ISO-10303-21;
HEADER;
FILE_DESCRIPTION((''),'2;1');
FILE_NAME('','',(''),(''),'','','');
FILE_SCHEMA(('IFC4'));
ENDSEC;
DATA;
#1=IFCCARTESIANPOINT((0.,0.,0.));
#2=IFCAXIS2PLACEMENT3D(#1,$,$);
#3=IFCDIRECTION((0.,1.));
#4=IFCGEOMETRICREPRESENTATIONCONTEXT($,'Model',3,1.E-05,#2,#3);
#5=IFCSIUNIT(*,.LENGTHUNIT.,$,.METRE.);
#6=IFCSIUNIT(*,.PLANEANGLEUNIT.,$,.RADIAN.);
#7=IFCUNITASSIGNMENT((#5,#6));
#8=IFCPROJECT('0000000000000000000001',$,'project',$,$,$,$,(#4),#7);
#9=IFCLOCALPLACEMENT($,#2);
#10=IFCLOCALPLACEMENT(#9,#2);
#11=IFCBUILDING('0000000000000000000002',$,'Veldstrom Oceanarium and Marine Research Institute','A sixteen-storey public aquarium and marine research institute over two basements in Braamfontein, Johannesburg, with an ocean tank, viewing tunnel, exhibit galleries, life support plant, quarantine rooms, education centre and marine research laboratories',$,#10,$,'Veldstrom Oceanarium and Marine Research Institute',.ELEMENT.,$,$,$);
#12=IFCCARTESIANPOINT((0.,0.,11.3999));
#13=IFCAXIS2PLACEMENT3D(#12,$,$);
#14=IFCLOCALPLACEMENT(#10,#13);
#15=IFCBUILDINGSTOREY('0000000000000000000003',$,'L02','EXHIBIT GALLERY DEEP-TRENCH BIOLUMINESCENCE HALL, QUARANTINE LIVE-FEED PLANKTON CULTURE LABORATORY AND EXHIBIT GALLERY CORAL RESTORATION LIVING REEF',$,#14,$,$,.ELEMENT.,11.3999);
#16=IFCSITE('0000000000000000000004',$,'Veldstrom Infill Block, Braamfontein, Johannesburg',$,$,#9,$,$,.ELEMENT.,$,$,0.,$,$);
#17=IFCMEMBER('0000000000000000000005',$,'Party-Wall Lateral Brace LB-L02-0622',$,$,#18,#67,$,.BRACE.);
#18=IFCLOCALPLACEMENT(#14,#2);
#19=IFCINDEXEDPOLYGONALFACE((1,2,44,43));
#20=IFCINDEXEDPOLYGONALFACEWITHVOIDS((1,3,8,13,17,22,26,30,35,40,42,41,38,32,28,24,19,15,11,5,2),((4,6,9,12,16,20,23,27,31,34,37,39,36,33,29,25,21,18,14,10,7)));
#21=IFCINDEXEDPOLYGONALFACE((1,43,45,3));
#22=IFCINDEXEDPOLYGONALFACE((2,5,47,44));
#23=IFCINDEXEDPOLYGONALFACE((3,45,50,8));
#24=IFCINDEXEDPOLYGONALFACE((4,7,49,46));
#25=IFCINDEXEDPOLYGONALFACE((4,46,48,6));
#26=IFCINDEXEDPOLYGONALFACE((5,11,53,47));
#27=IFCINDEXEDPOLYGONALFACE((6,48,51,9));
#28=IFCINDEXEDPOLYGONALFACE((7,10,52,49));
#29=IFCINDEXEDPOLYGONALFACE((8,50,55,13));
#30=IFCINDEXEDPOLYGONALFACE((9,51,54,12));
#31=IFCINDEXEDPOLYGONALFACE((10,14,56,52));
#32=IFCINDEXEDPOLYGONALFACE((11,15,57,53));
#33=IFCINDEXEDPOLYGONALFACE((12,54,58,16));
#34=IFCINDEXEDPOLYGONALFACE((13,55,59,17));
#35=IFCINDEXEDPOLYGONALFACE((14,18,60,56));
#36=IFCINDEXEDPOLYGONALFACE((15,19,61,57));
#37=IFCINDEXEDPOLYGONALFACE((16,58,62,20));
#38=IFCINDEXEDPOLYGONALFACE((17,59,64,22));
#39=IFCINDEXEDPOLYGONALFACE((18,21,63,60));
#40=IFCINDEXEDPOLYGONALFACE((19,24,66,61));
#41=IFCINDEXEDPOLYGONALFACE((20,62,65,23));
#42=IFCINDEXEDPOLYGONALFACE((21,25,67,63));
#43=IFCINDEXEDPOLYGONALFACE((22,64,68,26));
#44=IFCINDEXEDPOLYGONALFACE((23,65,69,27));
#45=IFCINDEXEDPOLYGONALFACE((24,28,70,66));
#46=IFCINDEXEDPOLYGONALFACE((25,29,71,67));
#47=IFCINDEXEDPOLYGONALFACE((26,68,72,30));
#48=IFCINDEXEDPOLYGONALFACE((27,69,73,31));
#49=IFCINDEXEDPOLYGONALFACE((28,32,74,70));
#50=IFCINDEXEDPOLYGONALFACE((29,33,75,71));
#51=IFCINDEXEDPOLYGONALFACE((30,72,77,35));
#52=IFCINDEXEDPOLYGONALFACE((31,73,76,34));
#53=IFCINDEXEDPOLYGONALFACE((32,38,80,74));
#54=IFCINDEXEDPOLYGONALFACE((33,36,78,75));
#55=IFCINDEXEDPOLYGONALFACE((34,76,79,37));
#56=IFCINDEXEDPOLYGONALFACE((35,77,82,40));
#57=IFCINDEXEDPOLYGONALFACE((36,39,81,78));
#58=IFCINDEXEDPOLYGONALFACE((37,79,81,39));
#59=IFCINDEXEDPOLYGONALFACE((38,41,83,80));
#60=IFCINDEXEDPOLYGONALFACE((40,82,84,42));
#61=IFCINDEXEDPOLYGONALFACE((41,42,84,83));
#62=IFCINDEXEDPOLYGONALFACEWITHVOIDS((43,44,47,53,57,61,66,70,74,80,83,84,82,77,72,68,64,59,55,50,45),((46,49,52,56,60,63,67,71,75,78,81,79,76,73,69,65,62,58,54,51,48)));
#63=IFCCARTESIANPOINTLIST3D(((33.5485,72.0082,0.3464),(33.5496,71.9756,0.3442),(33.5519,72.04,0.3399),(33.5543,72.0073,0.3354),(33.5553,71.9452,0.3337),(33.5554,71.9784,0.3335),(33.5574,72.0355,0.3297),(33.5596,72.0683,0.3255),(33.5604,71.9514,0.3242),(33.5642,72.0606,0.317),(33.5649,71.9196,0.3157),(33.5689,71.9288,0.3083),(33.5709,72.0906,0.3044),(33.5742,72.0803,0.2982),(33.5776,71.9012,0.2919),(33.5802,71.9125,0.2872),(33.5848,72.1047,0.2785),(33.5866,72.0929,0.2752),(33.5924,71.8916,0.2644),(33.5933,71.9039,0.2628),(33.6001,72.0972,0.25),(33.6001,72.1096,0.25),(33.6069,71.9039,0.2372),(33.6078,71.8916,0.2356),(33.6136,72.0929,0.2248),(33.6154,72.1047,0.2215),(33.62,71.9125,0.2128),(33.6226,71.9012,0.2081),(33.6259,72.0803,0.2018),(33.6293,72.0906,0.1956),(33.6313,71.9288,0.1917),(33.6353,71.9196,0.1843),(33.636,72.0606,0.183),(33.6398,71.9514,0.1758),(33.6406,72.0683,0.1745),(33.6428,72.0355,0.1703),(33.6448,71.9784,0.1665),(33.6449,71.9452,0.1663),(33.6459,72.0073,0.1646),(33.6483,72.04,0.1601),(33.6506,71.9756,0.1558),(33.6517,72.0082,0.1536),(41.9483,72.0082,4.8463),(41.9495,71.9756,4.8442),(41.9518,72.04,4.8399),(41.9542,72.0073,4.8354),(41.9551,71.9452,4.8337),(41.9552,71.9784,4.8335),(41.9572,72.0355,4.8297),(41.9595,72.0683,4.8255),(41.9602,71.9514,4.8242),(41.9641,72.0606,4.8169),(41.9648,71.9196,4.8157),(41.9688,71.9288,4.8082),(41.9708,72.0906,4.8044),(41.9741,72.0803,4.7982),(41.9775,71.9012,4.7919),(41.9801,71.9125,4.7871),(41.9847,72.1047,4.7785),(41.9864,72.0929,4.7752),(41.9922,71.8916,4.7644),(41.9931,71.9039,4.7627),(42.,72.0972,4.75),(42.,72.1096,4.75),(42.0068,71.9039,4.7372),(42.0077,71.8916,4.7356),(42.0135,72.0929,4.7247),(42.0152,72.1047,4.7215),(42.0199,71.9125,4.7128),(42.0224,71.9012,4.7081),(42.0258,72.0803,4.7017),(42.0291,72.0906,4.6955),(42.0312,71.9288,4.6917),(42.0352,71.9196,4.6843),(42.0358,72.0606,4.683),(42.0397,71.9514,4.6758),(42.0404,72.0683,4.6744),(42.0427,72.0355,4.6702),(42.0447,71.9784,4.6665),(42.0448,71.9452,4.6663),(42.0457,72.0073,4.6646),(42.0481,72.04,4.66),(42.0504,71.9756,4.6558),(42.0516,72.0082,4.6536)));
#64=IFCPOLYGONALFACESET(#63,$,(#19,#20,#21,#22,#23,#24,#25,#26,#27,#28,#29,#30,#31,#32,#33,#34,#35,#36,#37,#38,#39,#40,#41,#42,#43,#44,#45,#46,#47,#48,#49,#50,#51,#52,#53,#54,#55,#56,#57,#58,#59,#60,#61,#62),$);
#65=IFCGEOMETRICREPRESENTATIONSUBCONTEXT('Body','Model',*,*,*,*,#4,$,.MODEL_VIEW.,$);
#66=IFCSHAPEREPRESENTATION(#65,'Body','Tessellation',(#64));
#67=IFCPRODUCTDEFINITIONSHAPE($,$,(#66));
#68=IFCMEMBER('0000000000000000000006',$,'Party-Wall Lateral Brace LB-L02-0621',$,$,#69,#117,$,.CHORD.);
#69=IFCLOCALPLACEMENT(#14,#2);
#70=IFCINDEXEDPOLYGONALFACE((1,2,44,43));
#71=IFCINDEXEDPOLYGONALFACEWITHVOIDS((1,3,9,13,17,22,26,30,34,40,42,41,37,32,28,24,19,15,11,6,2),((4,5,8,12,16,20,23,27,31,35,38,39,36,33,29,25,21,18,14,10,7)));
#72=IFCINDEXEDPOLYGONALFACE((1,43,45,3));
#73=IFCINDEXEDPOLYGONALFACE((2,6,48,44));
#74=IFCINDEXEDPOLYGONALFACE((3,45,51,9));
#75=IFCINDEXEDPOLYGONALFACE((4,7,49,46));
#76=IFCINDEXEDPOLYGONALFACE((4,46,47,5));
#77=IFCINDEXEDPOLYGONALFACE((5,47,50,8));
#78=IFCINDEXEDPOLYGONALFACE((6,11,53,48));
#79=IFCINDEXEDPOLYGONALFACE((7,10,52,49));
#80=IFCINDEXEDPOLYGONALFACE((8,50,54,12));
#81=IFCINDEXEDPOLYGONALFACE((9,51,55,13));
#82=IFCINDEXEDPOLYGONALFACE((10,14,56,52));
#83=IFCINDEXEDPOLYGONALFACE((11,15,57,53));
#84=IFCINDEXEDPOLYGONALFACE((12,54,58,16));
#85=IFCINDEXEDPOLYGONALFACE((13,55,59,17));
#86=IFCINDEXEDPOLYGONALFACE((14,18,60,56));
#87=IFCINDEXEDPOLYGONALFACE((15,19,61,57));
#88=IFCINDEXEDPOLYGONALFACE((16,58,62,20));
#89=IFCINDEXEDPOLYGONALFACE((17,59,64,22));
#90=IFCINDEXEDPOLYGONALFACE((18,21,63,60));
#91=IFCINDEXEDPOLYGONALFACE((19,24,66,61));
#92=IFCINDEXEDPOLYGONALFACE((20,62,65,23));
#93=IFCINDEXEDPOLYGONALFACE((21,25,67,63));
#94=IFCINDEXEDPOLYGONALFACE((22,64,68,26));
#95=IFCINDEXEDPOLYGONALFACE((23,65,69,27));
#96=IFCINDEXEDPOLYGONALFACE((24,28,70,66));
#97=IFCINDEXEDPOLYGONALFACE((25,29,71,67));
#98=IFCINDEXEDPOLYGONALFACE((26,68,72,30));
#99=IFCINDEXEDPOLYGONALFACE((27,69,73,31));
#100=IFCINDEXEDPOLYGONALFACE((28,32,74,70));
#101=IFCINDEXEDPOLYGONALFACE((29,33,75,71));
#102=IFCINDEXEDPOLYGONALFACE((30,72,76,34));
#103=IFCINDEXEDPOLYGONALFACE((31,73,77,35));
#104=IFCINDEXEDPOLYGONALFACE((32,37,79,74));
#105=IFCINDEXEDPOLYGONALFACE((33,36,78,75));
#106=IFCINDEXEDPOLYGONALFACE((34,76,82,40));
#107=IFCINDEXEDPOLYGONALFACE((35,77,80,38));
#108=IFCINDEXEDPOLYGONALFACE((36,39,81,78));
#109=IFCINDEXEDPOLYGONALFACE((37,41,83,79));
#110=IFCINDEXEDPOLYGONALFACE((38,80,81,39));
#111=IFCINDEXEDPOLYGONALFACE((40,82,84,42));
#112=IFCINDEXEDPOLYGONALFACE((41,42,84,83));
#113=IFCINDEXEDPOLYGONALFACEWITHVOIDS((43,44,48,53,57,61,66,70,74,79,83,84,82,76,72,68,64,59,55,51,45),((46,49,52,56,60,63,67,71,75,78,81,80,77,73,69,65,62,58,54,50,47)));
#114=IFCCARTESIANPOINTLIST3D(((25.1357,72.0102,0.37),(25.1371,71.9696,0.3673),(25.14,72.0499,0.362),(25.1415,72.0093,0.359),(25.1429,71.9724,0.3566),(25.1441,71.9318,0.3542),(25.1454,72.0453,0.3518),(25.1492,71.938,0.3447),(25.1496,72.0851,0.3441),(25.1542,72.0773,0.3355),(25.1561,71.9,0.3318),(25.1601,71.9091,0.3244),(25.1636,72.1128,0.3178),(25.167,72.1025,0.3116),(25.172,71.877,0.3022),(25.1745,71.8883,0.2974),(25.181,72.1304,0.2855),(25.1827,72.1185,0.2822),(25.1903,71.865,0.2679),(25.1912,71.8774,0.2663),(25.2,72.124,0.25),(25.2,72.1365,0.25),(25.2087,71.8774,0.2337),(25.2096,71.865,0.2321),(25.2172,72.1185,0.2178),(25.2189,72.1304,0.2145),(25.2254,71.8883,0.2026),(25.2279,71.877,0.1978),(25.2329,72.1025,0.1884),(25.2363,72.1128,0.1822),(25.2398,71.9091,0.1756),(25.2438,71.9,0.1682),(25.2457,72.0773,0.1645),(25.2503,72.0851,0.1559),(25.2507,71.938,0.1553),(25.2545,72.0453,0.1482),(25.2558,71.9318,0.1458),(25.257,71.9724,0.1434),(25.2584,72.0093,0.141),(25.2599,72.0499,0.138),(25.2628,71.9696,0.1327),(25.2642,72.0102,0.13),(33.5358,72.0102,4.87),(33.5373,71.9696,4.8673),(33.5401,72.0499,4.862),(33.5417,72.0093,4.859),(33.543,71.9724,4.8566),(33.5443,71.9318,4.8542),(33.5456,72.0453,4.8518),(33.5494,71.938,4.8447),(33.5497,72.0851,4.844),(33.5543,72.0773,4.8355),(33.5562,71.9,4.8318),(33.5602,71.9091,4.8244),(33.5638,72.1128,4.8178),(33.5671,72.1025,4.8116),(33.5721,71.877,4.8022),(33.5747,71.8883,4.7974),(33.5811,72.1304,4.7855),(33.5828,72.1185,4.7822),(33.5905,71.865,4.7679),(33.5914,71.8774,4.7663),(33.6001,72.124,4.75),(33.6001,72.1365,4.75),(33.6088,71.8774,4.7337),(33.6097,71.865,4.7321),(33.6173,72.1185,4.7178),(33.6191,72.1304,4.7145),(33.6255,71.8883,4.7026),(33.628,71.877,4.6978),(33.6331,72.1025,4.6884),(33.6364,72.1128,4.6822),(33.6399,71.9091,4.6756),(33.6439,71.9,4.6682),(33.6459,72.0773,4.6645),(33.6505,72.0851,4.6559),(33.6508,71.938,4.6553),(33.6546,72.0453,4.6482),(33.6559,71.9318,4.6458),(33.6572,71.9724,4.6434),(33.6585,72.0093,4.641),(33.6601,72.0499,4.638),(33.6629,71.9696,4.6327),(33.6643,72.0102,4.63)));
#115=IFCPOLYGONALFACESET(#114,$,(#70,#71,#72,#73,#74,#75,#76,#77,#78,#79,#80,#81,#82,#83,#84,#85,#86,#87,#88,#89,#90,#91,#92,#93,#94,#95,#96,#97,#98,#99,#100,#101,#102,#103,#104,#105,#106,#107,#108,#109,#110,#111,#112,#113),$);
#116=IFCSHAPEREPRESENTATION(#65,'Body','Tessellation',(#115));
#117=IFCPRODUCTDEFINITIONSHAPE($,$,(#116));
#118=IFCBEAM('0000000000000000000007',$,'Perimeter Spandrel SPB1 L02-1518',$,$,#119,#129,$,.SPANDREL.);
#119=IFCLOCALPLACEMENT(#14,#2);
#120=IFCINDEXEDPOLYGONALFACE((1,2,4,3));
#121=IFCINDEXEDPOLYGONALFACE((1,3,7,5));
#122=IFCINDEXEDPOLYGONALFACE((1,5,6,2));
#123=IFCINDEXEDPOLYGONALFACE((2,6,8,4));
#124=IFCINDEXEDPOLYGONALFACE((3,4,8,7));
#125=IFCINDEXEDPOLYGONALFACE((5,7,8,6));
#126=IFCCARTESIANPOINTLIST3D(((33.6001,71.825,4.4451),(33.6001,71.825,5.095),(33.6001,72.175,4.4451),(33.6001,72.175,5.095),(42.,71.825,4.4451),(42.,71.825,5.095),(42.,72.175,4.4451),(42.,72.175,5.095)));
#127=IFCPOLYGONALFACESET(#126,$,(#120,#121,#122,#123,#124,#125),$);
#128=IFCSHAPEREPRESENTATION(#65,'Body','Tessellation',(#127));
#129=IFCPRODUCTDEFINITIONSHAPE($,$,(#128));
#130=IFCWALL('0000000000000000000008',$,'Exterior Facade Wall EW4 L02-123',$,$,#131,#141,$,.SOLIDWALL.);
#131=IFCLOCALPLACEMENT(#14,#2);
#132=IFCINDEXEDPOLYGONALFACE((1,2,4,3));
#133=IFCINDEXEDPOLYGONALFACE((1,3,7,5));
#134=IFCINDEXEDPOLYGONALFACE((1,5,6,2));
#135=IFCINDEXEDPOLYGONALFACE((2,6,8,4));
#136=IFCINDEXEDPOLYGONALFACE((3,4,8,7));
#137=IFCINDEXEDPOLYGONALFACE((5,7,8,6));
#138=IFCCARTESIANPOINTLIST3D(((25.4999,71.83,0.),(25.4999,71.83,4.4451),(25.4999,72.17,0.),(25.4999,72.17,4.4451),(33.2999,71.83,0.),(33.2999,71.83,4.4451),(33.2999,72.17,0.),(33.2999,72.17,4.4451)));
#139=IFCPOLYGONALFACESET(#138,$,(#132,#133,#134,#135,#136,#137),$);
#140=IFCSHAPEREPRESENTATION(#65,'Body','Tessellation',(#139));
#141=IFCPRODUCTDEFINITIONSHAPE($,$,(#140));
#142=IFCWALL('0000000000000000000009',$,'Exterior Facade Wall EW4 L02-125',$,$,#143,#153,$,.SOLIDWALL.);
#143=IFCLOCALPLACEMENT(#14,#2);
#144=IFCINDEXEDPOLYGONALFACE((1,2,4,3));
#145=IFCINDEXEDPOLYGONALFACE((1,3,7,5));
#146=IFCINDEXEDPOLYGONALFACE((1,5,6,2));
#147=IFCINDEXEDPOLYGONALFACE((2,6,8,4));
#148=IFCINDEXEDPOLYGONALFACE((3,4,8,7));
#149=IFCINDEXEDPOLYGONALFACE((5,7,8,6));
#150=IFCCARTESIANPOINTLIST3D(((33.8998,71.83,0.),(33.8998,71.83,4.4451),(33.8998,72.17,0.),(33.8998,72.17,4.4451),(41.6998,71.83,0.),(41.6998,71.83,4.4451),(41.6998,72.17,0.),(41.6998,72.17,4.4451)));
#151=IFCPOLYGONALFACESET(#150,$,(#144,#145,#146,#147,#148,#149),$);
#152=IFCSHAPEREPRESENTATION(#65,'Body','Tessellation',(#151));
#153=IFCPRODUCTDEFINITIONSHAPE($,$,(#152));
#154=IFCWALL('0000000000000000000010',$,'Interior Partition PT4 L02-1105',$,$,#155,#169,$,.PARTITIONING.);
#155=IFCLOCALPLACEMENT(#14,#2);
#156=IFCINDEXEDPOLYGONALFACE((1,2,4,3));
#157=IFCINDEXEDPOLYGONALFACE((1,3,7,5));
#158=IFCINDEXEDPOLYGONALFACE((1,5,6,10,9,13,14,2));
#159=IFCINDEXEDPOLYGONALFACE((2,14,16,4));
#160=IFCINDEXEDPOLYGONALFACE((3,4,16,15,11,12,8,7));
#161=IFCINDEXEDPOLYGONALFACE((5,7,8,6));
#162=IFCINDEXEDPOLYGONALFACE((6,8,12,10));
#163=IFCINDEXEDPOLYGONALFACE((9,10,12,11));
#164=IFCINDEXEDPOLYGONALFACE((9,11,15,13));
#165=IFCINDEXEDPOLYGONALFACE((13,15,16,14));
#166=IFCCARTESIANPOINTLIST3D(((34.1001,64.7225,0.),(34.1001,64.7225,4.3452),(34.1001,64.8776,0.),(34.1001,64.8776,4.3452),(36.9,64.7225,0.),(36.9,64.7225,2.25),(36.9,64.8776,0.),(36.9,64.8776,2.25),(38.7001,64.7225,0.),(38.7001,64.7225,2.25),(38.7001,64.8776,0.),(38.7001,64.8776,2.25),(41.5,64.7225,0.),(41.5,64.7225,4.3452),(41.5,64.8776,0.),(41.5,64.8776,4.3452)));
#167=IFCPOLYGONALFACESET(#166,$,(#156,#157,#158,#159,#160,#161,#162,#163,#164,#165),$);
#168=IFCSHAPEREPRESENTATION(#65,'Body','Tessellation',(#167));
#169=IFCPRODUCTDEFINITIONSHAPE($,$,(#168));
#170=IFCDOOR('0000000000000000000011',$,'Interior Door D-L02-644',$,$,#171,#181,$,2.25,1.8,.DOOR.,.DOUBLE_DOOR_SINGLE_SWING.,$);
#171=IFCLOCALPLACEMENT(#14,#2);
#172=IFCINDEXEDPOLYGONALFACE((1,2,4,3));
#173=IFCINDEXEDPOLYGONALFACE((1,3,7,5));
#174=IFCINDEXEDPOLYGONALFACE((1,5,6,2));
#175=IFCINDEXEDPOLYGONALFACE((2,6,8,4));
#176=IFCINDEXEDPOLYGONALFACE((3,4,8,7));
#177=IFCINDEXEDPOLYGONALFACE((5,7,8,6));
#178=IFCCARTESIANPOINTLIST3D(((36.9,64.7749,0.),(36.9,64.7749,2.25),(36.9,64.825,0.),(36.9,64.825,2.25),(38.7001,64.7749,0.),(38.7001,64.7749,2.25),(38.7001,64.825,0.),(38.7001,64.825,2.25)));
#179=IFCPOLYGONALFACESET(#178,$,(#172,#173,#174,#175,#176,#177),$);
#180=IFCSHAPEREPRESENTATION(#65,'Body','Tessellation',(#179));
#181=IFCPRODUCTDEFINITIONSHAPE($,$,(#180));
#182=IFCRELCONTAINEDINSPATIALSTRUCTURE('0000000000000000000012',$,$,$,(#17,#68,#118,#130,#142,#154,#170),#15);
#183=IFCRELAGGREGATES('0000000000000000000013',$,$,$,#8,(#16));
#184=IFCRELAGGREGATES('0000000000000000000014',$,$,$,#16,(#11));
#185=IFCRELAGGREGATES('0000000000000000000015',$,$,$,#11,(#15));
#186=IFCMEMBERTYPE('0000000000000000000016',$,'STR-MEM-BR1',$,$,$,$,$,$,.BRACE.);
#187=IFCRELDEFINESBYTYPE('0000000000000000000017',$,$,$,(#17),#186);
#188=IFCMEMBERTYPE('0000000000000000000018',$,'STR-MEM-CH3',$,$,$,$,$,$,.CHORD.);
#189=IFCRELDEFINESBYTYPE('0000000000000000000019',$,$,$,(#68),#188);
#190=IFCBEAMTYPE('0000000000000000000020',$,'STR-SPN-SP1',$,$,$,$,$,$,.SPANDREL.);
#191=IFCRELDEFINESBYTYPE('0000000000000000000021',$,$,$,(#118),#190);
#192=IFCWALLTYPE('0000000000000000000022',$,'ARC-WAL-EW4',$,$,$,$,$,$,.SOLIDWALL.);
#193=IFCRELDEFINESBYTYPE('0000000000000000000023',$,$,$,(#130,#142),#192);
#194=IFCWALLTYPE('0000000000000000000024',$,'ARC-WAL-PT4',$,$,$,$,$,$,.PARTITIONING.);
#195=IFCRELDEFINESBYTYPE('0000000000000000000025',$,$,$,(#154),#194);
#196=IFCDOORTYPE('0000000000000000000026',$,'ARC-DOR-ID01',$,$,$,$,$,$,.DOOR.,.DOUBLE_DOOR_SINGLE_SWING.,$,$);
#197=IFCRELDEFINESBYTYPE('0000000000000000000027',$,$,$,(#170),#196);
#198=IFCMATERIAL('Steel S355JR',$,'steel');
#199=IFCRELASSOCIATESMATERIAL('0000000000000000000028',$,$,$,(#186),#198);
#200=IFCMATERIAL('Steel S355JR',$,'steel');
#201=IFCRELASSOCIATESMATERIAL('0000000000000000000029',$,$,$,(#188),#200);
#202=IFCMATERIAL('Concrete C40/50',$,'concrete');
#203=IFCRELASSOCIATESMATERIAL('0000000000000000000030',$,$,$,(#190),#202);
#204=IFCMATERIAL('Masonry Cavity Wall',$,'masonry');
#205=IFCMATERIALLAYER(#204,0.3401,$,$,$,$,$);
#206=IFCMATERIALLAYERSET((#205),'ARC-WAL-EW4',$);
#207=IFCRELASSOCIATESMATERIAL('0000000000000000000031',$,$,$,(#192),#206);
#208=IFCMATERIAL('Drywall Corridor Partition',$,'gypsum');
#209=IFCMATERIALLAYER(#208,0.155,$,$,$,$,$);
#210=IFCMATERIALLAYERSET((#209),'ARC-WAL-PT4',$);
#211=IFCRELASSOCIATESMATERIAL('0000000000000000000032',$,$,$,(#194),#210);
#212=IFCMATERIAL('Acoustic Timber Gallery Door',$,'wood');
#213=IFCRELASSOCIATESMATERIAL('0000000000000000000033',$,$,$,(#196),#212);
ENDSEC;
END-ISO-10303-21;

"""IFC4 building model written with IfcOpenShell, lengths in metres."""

from ifc_helpers import new_model, si_unit, direction, frame, frame_2d, origin, origin_2d, place, context, subcontext, project, spatial, rectangle, hollow_circle, extrude, material, layer, layer_set, material_profile, profile_set, type_object, element, fill, save


model = new_model("IFC4")

# Units and contexts
model_context = context("Model", 3, precision=1e-05, world=origin(), true_north=direction((0.0, 1.0)))
body_context = subcontext(model_context, "Body", "Model", "MODEL_VIEW")
ifc_project = project(units=[si_unit("LENGTHUNIT", "METRE"), si_unit("PLANEANGLEUNIT", "RADIAN")], contexts=[model_context])

# Site, building, storey
site_placement = place(None, origin())
site = spatial("IfcSite", under=ifc_project, at=site_placement, Name="Veldstrom Infill Block, Braamfontein, Johannesburg", CompositionType="ELEMENT", RefElevation=0.0)
building_placement = place(site_placement, origin())
building = spatial("IfcBuilding", under=site, at=building_placement, Name="Veldstrom Oceanarium and Marine Research Institute", Description="A sixteen-storey public aquarium and marine research institute over two basements in Braamfontein, Johannesburg, with an ocean tank, viewing tunnel, exhibit galleries, life support plant, quarantine rooms, education centre and marine research laboratories", LongName="Veldstrom Oceanarium and Marine Research Institute", CompositionType="ELEMENT")
storey_placement = place(building_placement, frame((0.0, 0.0, 11.3999)))
storey = spatial("IfcBuildingStorey", under=building, at=storey_placement, Name="L02", Description="EXHIBIT GALLERY DEEP-TRENCH BIOLUMINESCENCE HALL, QUARANTINE LIVE-FEED PLANKTON CULTURE LABORATORY AND EXHIBIT GALLERY CORAL RESTORATION LIVING REEF", CompositionType="ELEMENT", Elevation=11.3999)

# Members
ifc_material_1 = material(Name="Steel S355JR", Category="steel")
ifc_material_profile_1 = material_profile(ifc_material_1, hollow_circle(Radius=0.1096, WallThickness=0.0125, at=origin_2d()), Name="CHS 219.1x12.5")
ifc_profile_set_1 = profile_set([ifc_material_profile_1], Name="Steel S355JR")
member_type_1 = type_object("IfcMemberType", Name="STR-MEM-BR1", PredefinedType="BRACE", material=ifc_profile_set_1)
member_1_placement = place(storey_placement, frame((33.6001, 72.0, 0.25), z_axis=(0.881478, 0.0, 0.472226), x_axis=(0.0, 1.0, 0.0)))
element("IfcMember", 1, at=member_1_placement, inside=storey, type_object=member_type_1, Name="Party-Wall Lateral Brace LB-L02-0622", PredefinedType="BRACE", context=body_context, shape_type="SweptSolid", body=[
    extrude(hollow_circle(Radius=0.1096, WallThickness=0.0125, at=origin_2d()), origin(), (0.0, 0.0, 1.0), 9.5293),
])
ifc_material_2 = material(Name="Steel S355JR", Category="steel")
ifc_material_profile_2 = material_profile(ifc_material_2, hollow_circle(Radius=0.1365, WallThickness=0.0125, at=origin_2d()), Name="CHS 273x12.5")
ifc_profile_set_2 = profile_set([ifc_material_profile_2], Name="Steel S355JR")
member_type_2 = type_object("IfcMemberType", Name="STR-MEM-CH3", PredefinedType="CHORD", material=ifc_profile_set_2)
member_2_placement = place(storey_placement, frame((25.2, 72.0, 0.25), z_axis=(0.881483, 0.0, 0.472215), x_axis=(0.0, 1.0, 0.0)))
element("IfcMember", 2, at=member_2_placement, inside=storey, type_object=member_type_2, Name="Party-Wall Lateral Brace LB-L02-0621", PredefinedType="CHORD", context=body_context, shape_type="SweptSolid", body=[
    extrude(hollow_circle(Radius=0.1365, WallThickness=0.0125, at=origin_2d()), origin(), (0.0, 0.0, 1.0), 9.5295),
])

# Beam
ifc_material_3 = material(Name="Concrete C40/50", Category="concrete")
ifc_material_profile_3 = material_profile(ifc_material_3, rectangle(XDim=0.3501, YDim=0.6499, at=origin_2d()), Name="RC-SPN-350x650")
ifc_profile_set_3 = profile_set([ifc_material_profile_3], Name="Concrete C40/50")
beam_type_1 = type_object("IfcBeamType", Name="STR-SPN-SP1", PredefinedType="SPANDREL", material=ifc_profile_set_3)
beam_1_placement = place(storey_placement, frame((33.6001, 72.0, 4.77), z_axis=(1.0, 0.0, 0.0), x_axis=(0.0, 1.0, 0.0)))
element("IfcBeam", 3, at=beam_1_placement, inside=storey, type_object=beam_type_1, Name="Perimeter Spandrel SPB1 L02-1518", PredefinedType="SPANDREL", context=body_context, shape_type="SweptSolid", body=[
    extrude(rectangle(XDim=0.3501, YDim=0.6499, at=origin_2d()), origin(), (0.0, 0.0, 1.0), 8.3999),
])

# Walls
ifc_material_4 = material(Name="Masonry Cavity Wall", Category="masonry")
ifc_layer_1 = layer(ifc_material_4, 0.3401)
ifc_layer_set_1 = layer_set([ifc_layer_1], Name="ARC-WAL-EW4")
wall_type_1 = type_object("IfcWallType", Name="ARC-WAL-EW4", PredefinedType="SOLIDWALL", material=ifc_layer_set_1)
for number, where, z_axis, x_axis, name in (
    (4, (25.5, 72.0, 0.0), (0.0, 0.0, 1.0), (1.0, 0.0, 0.0), "Exterior Facade Wall EW4 L02-123"),
    (5, (33.8999, 72.0, 0.0), (0.0, 0.0, 1.0), (1.0, 0.0, 0.0), "Exterior Facade Wall EW4 L02-125"),
):
    element("IfcWall", number, at=place(storey_placement, frame(where, z_axis=z_axis, x_axis=x_axis)), inside=storey, type_object=wall_type_1, Name=name, PredefinedType="SOLIDWALL", context=body_context, shape_type="SweptSolid", body=[
        extrude(rectangle(XDim=7.8, YDim=0.3401, at=frame_2d((3.8999, 0.0))), origin(), (0.0, 0.0, 1.0), 4.4451),
    ])

# Wall, opening, door
ifc_material_5 = material(Name="Drywall Corridor Partition", Category="gypsum")
ifc_layer_2 = layer(ifc_material_5, 0.155)
ifc_layer_set_2 = layer_set([ifc_layer_2], Name="ARC-WAL-PT4")
wall_type_2 = type_object("IfcWallType", Name="ARC-WAL-PT4", PredefinedType="PARTITIONING", material=ifc_layer_set_2)
wall_1_placement = place(storey_placement, frame((34.1001, 64.8, 0.0), z_axis=(0.0, 0.0, 1.0), x_axis=(1.0, 0.0, 0.0)))
wall_1 = element("IfcWall", 6, at=wall_1_placement, inside=storey, type_object=wall_type_2, Name="Interior Partition PT4 L02-1105", PredefinedType="PARTITIONING", context=body_context, shape_type="SweptSolid", body=[
    extrude(rectangle(XDim=7.3999, YDim=0.155, at=frame_2d((3.7, 0.0))), origin(), (0.0, 0.0, 1.0), 4.3452),
])
opening_1_placement = place(wall_1_placement, frame((2.8, 0.0, 0.0)))
opening_1 = element("IfcOpeningElement", 7, at=opening_1_placement, cuts=wall_1, PredefinedType="OPENING", context=body_context, shape_type="SweptSolid", body=[
    extrude(rectangle(XDim=1.8, YDim=2.25, at=frame_2d((0.8999, 1.125))), frame((0.0, 0.0874, 0.0), z_axis=(0.0, -1.0, 0.0), x_axis=(1.0, 0.0, 0.0)), (0.0, 0.0, 1.0), 0.175),
])
ifc_material_6 = material(Name="Acoustic Timber Gallery Door", Category="wood")
door_type_1 = type_object("IfcDoorType", Name="ARC-DOR-ID01", OperationType="DOUBLE_DOOR_SINGLE_SWING", PredefinedType="DOOR", material=ifc_material_6)
door_1_placement = place(opening_1_placement, origin())
door_1 = element("IfcDoor", 8, at=door_1_placement, inside=storey, type_object=door_type_1, Name="Interior Door D-L02-644", OperationType="DOUBLE_DOOR_SINGLE_SWING", OverallHeight=2.25, OverallWidth=1.8, PredefinedType="DOOR", context=body_context, shape_type="SweptSolid", body=[
    extrude(rectangle(XDim=1.8, YDim=2.25, at=frame_2d((0.8999, 1.125))), frame((0.0, 0.0249, 0.0), z_axis=(0.0, -1.0, 0.0), x_axis=(1.0, 0.0, 0.0)), (0.0, 0.0, 1.0), 0.05),
])
fill(opening_1, door_1)

save(model, "model.ifc")
